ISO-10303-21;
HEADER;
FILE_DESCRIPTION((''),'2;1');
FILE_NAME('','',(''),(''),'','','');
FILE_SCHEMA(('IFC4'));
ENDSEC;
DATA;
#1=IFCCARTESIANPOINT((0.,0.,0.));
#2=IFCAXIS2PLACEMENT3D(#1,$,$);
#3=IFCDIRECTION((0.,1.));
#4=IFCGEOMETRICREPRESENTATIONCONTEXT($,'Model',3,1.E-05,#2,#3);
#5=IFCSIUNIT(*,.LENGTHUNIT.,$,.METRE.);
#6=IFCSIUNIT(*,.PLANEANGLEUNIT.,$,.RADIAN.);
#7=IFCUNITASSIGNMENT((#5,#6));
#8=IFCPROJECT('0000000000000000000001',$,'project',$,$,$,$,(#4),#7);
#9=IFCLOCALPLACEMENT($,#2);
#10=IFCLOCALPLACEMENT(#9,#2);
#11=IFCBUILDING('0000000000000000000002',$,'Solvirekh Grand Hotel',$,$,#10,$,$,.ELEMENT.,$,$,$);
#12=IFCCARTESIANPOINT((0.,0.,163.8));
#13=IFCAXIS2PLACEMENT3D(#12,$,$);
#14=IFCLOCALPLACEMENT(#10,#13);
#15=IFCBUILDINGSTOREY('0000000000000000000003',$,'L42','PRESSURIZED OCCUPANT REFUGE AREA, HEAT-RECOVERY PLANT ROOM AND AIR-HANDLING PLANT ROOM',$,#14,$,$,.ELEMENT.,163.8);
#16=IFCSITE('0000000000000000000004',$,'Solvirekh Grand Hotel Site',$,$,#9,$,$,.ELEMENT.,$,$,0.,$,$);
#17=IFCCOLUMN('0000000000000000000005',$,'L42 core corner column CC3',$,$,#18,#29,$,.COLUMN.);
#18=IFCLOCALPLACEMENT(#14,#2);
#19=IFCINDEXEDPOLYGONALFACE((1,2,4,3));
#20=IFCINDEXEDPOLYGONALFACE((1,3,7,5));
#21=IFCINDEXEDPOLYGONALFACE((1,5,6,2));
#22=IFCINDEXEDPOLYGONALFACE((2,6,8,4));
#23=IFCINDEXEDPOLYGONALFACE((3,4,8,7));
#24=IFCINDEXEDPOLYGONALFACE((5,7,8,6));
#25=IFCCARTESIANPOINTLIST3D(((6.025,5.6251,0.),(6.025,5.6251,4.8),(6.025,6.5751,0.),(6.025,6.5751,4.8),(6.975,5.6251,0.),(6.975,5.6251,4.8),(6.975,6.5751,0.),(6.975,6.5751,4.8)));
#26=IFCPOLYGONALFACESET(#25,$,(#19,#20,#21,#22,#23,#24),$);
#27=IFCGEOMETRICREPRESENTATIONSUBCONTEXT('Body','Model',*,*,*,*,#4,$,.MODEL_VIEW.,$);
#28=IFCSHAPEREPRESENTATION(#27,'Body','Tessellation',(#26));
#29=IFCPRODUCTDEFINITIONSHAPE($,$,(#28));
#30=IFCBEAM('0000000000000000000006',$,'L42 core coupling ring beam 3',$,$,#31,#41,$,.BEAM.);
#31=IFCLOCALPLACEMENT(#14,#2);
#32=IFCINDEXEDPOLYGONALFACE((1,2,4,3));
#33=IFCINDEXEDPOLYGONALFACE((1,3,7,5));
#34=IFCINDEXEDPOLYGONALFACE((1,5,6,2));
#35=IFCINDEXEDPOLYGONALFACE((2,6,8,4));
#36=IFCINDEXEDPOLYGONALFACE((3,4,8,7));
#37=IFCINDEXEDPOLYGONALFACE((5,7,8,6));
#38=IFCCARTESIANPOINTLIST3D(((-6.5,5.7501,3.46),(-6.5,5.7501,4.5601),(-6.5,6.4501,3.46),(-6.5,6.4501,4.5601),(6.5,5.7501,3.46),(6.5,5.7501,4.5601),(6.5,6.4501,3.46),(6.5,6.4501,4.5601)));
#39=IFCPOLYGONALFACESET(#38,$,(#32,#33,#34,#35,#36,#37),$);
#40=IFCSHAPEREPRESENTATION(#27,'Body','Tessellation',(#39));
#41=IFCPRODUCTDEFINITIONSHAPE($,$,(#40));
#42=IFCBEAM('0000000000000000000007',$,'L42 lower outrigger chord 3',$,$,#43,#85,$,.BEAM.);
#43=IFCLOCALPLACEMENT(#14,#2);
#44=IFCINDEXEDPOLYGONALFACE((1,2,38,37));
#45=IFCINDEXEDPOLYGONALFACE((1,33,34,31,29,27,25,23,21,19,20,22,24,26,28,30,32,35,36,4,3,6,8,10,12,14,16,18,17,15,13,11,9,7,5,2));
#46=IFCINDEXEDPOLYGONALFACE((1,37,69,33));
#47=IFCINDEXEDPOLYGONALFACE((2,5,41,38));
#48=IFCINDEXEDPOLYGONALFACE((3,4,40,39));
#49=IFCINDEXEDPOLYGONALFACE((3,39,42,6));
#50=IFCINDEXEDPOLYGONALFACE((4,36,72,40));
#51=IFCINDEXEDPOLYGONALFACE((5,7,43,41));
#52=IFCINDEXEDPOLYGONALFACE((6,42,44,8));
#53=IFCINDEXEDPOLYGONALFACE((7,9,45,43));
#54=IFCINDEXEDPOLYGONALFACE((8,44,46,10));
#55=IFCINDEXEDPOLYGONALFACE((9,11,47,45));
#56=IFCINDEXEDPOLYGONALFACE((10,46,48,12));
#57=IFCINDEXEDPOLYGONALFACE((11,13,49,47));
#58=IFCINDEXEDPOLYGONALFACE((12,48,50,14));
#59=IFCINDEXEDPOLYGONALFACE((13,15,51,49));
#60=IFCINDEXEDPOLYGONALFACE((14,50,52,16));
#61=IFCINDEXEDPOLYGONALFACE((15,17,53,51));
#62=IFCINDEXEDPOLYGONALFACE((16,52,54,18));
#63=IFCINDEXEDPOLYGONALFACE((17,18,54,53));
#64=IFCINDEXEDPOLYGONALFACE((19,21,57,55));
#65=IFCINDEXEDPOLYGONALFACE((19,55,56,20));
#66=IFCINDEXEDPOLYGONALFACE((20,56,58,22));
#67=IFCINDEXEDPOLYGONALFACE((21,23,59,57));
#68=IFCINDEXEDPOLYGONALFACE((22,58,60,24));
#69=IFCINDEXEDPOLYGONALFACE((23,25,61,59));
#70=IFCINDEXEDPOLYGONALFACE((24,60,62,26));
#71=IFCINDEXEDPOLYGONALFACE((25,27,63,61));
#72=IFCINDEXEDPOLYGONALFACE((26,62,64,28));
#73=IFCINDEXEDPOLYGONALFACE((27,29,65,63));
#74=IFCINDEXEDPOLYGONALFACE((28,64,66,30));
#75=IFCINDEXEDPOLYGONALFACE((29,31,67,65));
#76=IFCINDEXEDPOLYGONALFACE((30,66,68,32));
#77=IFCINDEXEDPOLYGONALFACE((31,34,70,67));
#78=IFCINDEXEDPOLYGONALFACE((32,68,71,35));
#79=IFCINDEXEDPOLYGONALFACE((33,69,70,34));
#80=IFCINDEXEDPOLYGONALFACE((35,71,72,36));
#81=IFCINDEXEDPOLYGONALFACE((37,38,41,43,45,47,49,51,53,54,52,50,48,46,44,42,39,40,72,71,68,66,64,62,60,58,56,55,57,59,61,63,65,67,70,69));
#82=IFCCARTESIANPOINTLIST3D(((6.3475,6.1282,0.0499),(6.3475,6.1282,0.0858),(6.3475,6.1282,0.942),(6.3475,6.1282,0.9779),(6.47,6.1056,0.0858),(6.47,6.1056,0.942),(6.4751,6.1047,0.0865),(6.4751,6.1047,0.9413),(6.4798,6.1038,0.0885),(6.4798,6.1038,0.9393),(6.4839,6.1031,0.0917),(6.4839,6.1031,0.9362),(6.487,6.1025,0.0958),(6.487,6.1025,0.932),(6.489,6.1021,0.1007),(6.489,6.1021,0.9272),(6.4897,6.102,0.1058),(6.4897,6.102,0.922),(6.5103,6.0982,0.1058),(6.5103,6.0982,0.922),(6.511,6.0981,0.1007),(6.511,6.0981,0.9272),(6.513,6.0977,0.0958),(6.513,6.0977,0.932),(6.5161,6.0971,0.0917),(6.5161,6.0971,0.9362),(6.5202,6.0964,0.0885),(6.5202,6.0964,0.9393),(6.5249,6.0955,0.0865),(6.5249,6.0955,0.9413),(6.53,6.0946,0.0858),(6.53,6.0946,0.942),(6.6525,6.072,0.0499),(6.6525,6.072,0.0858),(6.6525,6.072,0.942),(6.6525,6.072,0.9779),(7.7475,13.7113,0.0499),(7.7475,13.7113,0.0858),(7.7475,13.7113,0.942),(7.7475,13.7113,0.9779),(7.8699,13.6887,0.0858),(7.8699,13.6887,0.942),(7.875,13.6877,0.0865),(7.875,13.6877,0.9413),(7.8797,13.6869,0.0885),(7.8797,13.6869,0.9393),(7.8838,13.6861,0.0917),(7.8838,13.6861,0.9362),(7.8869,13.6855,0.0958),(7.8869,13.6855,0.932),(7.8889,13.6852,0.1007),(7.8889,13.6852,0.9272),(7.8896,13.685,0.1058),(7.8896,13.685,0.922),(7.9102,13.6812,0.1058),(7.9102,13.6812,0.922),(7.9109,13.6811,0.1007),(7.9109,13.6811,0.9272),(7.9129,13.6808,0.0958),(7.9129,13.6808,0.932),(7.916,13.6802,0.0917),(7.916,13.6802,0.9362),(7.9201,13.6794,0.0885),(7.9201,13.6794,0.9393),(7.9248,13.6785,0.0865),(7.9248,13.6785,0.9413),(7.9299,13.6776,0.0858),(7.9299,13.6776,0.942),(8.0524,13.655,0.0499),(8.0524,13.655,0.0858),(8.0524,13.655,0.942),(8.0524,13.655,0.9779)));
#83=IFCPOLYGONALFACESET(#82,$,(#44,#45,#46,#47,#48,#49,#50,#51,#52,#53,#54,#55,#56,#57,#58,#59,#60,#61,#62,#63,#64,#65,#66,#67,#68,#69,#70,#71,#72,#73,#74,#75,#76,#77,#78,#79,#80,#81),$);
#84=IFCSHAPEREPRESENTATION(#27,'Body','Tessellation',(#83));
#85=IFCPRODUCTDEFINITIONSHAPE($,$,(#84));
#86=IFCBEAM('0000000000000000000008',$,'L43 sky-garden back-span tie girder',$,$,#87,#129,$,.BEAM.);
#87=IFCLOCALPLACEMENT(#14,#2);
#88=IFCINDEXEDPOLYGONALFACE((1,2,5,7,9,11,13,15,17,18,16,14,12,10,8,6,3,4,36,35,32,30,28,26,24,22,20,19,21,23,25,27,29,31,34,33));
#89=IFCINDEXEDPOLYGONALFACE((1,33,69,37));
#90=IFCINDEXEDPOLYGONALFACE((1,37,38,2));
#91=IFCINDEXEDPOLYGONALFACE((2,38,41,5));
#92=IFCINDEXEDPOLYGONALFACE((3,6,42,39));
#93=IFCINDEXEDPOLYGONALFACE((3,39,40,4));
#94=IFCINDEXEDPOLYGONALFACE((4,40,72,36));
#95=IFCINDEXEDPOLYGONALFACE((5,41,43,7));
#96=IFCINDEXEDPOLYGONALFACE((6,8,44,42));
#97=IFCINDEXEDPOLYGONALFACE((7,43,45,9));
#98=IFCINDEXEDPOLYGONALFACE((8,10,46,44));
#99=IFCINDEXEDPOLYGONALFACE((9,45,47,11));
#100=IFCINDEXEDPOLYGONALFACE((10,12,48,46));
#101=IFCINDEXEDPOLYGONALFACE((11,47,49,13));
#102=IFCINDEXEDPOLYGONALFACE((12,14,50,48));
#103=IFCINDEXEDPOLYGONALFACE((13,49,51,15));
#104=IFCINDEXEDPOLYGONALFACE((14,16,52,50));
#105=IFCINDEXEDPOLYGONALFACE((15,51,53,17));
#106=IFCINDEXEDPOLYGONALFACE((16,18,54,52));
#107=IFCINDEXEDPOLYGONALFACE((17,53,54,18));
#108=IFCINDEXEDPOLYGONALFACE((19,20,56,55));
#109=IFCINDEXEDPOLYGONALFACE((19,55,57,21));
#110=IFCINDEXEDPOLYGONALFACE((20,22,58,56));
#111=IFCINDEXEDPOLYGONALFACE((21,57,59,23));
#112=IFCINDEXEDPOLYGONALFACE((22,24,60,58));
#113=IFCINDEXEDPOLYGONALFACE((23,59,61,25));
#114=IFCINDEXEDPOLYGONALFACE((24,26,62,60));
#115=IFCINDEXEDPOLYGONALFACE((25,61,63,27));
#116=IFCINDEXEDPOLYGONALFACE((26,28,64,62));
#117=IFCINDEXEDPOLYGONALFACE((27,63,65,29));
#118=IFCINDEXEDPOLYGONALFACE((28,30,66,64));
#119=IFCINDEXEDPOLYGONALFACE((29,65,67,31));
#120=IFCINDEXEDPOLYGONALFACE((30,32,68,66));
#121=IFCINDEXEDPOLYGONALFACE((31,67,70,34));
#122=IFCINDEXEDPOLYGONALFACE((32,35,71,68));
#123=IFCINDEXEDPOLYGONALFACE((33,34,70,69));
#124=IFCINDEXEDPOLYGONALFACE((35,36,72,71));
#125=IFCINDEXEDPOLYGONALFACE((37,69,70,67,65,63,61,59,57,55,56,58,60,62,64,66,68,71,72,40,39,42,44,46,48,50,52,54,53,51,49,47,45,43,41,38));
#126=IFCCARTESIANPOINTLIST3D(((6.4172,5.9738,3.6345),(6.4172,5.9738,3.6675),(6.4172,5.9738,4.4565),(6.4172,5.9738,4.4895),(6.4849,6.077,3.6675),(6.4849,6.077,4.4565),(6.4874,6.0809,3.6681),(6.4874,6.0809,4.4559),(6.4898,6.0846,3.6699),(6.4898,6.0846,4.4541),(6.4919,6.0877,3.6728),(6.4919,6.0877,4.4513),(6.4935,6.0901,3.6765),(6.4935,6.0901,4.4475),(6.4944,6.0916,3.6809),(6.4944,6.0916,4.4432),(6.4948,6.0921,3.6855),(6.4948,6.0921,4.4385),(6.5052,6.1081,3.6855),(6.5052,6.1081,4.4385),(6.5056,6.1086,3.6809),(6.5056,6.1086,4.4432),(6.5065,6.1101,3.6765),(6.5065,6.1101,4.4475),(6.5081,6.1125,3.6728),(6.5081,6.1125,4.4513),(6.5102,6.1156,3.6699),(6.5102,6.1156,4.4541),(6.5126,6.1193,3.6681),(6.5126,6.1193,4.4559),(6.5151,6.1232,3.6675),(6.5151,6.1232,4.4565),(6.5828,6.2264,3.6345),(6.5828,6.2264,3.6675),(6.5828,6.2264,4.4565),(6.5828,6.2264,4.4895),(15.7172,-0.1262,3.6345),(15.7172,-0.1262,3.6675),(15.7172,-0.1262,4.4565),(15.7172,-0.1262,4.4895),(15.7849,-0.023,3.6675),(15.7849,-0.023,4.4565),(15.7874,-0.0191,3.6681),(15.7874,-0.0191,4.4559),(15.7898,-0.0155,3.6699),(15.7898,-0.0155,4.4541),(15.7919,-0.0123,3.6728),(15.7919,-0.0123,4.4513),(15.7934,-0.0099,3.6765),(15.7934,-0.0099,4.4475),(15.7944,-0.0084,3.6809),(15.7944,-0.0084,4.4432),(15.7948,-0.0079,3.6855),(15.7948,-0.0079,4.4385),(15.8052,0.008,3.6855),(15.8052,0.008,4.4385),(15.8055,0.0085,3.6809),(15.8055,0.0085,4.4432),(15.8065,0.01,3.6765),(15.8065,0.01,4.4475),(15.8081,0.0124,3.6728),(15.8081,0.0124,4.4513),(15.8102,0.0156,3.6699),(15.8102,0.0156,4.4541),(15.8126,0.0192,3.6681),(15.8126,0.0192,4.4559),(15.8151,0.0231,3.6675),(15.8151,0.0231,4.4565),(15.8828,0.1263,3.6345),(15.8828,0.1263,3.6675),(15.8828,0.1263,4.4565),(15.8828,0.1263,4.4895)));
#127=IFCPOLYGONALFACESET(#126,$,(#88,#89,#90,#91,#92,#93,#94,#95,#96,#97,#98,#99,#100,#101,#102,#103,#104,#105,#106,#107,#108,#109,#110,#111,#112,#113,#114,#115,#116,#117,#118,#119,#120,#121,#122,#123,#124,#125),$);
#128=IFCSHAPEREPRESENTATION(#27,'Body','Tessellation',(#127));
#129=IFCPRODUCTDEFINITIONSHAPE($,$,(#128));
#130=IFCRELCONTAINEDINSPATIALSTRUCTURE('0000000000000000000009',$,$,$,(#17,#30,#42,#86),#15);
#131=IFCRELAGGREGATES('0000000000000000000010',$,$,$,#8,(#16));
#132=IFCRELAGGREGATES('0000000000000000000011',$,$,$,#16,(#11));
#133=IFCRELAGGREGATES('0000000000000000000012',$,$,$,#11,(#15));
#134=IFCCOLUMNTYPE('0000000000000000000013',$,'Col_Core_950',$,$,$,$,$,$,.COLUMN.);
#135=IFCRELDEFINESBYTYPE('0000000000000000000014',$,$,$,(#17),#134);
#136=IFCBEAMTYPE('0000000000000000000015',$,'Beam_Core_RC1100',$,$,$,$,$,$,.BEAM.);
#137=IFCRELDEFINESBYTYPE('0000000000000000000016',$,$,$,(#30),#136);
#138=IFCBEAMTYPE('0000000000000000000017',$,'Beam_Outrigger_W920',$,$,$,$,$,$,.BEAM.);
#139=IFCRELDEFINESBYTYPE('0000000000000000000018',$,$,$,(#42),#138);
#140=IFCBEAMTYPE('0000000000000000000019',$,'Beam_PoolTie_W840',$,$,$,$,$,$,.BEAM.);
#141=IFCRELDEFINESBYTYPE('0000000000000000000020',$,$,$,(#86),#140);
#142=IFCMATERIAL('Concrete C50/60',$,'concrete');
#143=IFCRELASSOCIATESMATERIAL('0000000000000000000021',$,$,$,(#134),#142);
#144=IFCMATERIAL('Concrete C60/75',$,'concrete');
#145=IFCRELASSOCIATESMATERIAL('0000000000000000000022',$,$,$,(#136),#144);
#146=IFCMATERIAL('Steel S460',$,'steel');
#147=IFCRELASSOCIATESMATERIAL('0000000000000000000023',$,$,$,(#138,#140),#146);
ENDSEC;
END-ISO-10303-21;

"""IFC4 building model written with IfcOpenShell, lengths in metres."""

from ifc_helpers import new_model, si_unit, direction, frame, origin, origin_2d, place, context, subcontext, project, spatial, rectangle, i_section, extrude, material, material_profile, profile_set, type_object, element, save


model = new_model("IFC4")

# Units and contexts
model_context = context("Model", 3, precision=1e-05, world=origin(), true_north=direction((0.0, 1.0)))
body_context = subcontext(model_context, "Body", "Model", "MODEL_VIEW")
ifc_project = project(units=[si_unit("LENGTHUNIT", "METRE"), si_unit("PLANEANGLEUNIT", "RADIAN")], contexts=[model_context])

# Site, building, storey
site_placement = place(None, origin())
site = spatial("IfcSite", under=ifc_project, at=site_placement, Name="Solvirekh Grand Hotel Site", CompositionType="ELEMENT", RefElevation=0.0)
building_placement = place(site_placement, origin())
building = spatial("IfcBuilding", under=site, at=building_placement, Name="Solvirekh Grand Hotel", CompositionType="ELEMENT")
storey_placement = place(building_placement, frame((0.0, 0.0, 163.8)))
storey = spatial("IfcBuildingStorey", under=building, at=storey_placement, Name="L42", Description="PRESSURIZED OCCUPANT REFUGE AREA, HEAT-RECOVERY PLANT ROOM AND AIR-HANDLING PLANT ROOM", CompositionType="ELEMENT", Elevation=163.8)

# Column
ifc_material_1 = material(Name="Concrete C50/60", Category="concrete")
ifc_material_profile_1 = material_profile(ifc_material_1, rectangle(XDim=0.95, YDim=0.95, at=origin_2d()), Name="RC 950X950")
ifc_profile_set_1 = profile_set([ifc_material_profile_1], Name="Concrete C50/60")
column_type = type_object("IfcColumnType", Name="Col_Core_950", PredefinedType="COLUMN", material=ifc_profile_set_1)
column_placement = place(storey_placement, frame((6.5, 6.1001, 0.0), z_axis=(0.0, 0.0, 1.0), x_axis=(1.0, 0.0, 0.0)))
element("IfcColumn", 1, at=column_placement, inside=storey, type_object=column_type, Name="L42 core corner column CC3", PredefinedType="COLUMN", context=body_context, shape_type="SweptSolid", body=[
    extrude(rectangle(XDim=0.95, YDim=0.95, at=origin_2d()), origin(), (0.0, 0.0, 1.0), 4.8),
])

# Beams
ifc_material_2 = material(Name="Concrete C60/75", Category="concrete")
ifc_material_profile_2 = material_profile(ifc_material_2, rectangle(XDim=0.7, YDim=1.1001, at=origin_2d()), Name="RC BEAM 700X1100")
ifc_profile_set_2 = profile_set([ifc_material_profile_2], Name="Concrete C60/75")
beam_type_1 = type_object("IfcBeamType", Name="Beam_Core_RC1100", PredefinedType="BEAM", material=ifc_profile_set_2)
beam_1_placement = place(storey_placement, frame((6.5, 6.1001, 4.01), z_axis=(-1.0, 0.0, 0.0), x_axis=(0.0, -1.0, 0.0)))
element("IfcBeam", 2, at=beam_1_placement, inside=storey, type_object=beam_type_1, Name="L42 core coupling ring beam 3", PredefinedType="BEAM", context=body_context, shape_type="SweptSolid", body=[
    extrude(rectangle(XDim=0.7, YDim=1.1001, at=origin_2d()), origin(), (0.0, 0.0, 1.0), 13.0),
])
ifc_material_3 = material(Name="Steel S460", Category="steel")
ifc_material_profile_3 = material_profile(ifc_material_3, i_section(OverallWidth=0.3101, OverallDepth=0.928, WebThickness=0.021, FlangeThickness=0.0359, FilletRadius=0.02, at=origin_2d()), Name="W920X342")
ifc_profile_set_3 = profile_set([ifc_material_profile_3], Name="Steel S460")
beam_type_2 = type_object("IfcBeamType", Name="Beam_Outrigger_W920", PredefinedType="BEAM", material=ifc_profile_set_3)
beam_2_placement = place(storey_placement, frame((6.5, 6.1001, 0.5139), z_axis=(0.181543, 0.983383, 0.0), x_axis=(-0.983383, 0.181543, 0.0)))
element("IfcBeam", 3, at=beam_2_placement, inside=storey, type_object=beam_type_2, Name="L42 lower outrigger chord 3", PredefinedType="BEAM", context=body_context, shape_type="SweptSolid", body=[
    extrude(i_section(OverallWidth=0.3101, OverallDepth=0.928, WebThickness=0.021, FlangeThickness=0.0359, FilletRadius=0.02, at=origin_2d()), origin(), (0.0, 0.0, 1.0), 7.7112),
])
ifc_material_profile_4 = material_profile(ifc_material_3, i_section(OverallWidth=0.302, OverallDepth=0.855, WebThickness=0.019, FlangeThickness=0.033, FilletRadius=0.0181, at=origin_2d()), Name="W840X299")
ifc_profile_set_4 = profile_set([ifc_material_profile_4], Name="Steel S460")
beam_type_3 = type_object("IfcBeamType", Name="Beam_PoolTie_W840", PredefinedType="BEAM", material=ifc_profile_set_4)
beam_3_placement = place(storey_placement, frame((6.5, 6.1001, 4.062), z_axis=(0.836174, -0.548464, 0.0), x_axis=(0.548464, 0.836174, 0.0)))
element("IfcBeam", 4, at=beam_3_placement, inside=storey, type_object=beam_type_3, Name="L43 sky-garden back-span tie girder", PredefinedType="BEAM", context=body_context, shape_type="SweptSolid", body=[
    extrude(i_section(OverallWidth=0.302, OverallDepth=0.855, WebThickness=0.019, FlangeThickness=0.033, FilletRadius=0.0181, at=origin_2d()), origin(), (0.0, 0.0, 1.0), 11.1221),
])

save(model, "model.ifc")
